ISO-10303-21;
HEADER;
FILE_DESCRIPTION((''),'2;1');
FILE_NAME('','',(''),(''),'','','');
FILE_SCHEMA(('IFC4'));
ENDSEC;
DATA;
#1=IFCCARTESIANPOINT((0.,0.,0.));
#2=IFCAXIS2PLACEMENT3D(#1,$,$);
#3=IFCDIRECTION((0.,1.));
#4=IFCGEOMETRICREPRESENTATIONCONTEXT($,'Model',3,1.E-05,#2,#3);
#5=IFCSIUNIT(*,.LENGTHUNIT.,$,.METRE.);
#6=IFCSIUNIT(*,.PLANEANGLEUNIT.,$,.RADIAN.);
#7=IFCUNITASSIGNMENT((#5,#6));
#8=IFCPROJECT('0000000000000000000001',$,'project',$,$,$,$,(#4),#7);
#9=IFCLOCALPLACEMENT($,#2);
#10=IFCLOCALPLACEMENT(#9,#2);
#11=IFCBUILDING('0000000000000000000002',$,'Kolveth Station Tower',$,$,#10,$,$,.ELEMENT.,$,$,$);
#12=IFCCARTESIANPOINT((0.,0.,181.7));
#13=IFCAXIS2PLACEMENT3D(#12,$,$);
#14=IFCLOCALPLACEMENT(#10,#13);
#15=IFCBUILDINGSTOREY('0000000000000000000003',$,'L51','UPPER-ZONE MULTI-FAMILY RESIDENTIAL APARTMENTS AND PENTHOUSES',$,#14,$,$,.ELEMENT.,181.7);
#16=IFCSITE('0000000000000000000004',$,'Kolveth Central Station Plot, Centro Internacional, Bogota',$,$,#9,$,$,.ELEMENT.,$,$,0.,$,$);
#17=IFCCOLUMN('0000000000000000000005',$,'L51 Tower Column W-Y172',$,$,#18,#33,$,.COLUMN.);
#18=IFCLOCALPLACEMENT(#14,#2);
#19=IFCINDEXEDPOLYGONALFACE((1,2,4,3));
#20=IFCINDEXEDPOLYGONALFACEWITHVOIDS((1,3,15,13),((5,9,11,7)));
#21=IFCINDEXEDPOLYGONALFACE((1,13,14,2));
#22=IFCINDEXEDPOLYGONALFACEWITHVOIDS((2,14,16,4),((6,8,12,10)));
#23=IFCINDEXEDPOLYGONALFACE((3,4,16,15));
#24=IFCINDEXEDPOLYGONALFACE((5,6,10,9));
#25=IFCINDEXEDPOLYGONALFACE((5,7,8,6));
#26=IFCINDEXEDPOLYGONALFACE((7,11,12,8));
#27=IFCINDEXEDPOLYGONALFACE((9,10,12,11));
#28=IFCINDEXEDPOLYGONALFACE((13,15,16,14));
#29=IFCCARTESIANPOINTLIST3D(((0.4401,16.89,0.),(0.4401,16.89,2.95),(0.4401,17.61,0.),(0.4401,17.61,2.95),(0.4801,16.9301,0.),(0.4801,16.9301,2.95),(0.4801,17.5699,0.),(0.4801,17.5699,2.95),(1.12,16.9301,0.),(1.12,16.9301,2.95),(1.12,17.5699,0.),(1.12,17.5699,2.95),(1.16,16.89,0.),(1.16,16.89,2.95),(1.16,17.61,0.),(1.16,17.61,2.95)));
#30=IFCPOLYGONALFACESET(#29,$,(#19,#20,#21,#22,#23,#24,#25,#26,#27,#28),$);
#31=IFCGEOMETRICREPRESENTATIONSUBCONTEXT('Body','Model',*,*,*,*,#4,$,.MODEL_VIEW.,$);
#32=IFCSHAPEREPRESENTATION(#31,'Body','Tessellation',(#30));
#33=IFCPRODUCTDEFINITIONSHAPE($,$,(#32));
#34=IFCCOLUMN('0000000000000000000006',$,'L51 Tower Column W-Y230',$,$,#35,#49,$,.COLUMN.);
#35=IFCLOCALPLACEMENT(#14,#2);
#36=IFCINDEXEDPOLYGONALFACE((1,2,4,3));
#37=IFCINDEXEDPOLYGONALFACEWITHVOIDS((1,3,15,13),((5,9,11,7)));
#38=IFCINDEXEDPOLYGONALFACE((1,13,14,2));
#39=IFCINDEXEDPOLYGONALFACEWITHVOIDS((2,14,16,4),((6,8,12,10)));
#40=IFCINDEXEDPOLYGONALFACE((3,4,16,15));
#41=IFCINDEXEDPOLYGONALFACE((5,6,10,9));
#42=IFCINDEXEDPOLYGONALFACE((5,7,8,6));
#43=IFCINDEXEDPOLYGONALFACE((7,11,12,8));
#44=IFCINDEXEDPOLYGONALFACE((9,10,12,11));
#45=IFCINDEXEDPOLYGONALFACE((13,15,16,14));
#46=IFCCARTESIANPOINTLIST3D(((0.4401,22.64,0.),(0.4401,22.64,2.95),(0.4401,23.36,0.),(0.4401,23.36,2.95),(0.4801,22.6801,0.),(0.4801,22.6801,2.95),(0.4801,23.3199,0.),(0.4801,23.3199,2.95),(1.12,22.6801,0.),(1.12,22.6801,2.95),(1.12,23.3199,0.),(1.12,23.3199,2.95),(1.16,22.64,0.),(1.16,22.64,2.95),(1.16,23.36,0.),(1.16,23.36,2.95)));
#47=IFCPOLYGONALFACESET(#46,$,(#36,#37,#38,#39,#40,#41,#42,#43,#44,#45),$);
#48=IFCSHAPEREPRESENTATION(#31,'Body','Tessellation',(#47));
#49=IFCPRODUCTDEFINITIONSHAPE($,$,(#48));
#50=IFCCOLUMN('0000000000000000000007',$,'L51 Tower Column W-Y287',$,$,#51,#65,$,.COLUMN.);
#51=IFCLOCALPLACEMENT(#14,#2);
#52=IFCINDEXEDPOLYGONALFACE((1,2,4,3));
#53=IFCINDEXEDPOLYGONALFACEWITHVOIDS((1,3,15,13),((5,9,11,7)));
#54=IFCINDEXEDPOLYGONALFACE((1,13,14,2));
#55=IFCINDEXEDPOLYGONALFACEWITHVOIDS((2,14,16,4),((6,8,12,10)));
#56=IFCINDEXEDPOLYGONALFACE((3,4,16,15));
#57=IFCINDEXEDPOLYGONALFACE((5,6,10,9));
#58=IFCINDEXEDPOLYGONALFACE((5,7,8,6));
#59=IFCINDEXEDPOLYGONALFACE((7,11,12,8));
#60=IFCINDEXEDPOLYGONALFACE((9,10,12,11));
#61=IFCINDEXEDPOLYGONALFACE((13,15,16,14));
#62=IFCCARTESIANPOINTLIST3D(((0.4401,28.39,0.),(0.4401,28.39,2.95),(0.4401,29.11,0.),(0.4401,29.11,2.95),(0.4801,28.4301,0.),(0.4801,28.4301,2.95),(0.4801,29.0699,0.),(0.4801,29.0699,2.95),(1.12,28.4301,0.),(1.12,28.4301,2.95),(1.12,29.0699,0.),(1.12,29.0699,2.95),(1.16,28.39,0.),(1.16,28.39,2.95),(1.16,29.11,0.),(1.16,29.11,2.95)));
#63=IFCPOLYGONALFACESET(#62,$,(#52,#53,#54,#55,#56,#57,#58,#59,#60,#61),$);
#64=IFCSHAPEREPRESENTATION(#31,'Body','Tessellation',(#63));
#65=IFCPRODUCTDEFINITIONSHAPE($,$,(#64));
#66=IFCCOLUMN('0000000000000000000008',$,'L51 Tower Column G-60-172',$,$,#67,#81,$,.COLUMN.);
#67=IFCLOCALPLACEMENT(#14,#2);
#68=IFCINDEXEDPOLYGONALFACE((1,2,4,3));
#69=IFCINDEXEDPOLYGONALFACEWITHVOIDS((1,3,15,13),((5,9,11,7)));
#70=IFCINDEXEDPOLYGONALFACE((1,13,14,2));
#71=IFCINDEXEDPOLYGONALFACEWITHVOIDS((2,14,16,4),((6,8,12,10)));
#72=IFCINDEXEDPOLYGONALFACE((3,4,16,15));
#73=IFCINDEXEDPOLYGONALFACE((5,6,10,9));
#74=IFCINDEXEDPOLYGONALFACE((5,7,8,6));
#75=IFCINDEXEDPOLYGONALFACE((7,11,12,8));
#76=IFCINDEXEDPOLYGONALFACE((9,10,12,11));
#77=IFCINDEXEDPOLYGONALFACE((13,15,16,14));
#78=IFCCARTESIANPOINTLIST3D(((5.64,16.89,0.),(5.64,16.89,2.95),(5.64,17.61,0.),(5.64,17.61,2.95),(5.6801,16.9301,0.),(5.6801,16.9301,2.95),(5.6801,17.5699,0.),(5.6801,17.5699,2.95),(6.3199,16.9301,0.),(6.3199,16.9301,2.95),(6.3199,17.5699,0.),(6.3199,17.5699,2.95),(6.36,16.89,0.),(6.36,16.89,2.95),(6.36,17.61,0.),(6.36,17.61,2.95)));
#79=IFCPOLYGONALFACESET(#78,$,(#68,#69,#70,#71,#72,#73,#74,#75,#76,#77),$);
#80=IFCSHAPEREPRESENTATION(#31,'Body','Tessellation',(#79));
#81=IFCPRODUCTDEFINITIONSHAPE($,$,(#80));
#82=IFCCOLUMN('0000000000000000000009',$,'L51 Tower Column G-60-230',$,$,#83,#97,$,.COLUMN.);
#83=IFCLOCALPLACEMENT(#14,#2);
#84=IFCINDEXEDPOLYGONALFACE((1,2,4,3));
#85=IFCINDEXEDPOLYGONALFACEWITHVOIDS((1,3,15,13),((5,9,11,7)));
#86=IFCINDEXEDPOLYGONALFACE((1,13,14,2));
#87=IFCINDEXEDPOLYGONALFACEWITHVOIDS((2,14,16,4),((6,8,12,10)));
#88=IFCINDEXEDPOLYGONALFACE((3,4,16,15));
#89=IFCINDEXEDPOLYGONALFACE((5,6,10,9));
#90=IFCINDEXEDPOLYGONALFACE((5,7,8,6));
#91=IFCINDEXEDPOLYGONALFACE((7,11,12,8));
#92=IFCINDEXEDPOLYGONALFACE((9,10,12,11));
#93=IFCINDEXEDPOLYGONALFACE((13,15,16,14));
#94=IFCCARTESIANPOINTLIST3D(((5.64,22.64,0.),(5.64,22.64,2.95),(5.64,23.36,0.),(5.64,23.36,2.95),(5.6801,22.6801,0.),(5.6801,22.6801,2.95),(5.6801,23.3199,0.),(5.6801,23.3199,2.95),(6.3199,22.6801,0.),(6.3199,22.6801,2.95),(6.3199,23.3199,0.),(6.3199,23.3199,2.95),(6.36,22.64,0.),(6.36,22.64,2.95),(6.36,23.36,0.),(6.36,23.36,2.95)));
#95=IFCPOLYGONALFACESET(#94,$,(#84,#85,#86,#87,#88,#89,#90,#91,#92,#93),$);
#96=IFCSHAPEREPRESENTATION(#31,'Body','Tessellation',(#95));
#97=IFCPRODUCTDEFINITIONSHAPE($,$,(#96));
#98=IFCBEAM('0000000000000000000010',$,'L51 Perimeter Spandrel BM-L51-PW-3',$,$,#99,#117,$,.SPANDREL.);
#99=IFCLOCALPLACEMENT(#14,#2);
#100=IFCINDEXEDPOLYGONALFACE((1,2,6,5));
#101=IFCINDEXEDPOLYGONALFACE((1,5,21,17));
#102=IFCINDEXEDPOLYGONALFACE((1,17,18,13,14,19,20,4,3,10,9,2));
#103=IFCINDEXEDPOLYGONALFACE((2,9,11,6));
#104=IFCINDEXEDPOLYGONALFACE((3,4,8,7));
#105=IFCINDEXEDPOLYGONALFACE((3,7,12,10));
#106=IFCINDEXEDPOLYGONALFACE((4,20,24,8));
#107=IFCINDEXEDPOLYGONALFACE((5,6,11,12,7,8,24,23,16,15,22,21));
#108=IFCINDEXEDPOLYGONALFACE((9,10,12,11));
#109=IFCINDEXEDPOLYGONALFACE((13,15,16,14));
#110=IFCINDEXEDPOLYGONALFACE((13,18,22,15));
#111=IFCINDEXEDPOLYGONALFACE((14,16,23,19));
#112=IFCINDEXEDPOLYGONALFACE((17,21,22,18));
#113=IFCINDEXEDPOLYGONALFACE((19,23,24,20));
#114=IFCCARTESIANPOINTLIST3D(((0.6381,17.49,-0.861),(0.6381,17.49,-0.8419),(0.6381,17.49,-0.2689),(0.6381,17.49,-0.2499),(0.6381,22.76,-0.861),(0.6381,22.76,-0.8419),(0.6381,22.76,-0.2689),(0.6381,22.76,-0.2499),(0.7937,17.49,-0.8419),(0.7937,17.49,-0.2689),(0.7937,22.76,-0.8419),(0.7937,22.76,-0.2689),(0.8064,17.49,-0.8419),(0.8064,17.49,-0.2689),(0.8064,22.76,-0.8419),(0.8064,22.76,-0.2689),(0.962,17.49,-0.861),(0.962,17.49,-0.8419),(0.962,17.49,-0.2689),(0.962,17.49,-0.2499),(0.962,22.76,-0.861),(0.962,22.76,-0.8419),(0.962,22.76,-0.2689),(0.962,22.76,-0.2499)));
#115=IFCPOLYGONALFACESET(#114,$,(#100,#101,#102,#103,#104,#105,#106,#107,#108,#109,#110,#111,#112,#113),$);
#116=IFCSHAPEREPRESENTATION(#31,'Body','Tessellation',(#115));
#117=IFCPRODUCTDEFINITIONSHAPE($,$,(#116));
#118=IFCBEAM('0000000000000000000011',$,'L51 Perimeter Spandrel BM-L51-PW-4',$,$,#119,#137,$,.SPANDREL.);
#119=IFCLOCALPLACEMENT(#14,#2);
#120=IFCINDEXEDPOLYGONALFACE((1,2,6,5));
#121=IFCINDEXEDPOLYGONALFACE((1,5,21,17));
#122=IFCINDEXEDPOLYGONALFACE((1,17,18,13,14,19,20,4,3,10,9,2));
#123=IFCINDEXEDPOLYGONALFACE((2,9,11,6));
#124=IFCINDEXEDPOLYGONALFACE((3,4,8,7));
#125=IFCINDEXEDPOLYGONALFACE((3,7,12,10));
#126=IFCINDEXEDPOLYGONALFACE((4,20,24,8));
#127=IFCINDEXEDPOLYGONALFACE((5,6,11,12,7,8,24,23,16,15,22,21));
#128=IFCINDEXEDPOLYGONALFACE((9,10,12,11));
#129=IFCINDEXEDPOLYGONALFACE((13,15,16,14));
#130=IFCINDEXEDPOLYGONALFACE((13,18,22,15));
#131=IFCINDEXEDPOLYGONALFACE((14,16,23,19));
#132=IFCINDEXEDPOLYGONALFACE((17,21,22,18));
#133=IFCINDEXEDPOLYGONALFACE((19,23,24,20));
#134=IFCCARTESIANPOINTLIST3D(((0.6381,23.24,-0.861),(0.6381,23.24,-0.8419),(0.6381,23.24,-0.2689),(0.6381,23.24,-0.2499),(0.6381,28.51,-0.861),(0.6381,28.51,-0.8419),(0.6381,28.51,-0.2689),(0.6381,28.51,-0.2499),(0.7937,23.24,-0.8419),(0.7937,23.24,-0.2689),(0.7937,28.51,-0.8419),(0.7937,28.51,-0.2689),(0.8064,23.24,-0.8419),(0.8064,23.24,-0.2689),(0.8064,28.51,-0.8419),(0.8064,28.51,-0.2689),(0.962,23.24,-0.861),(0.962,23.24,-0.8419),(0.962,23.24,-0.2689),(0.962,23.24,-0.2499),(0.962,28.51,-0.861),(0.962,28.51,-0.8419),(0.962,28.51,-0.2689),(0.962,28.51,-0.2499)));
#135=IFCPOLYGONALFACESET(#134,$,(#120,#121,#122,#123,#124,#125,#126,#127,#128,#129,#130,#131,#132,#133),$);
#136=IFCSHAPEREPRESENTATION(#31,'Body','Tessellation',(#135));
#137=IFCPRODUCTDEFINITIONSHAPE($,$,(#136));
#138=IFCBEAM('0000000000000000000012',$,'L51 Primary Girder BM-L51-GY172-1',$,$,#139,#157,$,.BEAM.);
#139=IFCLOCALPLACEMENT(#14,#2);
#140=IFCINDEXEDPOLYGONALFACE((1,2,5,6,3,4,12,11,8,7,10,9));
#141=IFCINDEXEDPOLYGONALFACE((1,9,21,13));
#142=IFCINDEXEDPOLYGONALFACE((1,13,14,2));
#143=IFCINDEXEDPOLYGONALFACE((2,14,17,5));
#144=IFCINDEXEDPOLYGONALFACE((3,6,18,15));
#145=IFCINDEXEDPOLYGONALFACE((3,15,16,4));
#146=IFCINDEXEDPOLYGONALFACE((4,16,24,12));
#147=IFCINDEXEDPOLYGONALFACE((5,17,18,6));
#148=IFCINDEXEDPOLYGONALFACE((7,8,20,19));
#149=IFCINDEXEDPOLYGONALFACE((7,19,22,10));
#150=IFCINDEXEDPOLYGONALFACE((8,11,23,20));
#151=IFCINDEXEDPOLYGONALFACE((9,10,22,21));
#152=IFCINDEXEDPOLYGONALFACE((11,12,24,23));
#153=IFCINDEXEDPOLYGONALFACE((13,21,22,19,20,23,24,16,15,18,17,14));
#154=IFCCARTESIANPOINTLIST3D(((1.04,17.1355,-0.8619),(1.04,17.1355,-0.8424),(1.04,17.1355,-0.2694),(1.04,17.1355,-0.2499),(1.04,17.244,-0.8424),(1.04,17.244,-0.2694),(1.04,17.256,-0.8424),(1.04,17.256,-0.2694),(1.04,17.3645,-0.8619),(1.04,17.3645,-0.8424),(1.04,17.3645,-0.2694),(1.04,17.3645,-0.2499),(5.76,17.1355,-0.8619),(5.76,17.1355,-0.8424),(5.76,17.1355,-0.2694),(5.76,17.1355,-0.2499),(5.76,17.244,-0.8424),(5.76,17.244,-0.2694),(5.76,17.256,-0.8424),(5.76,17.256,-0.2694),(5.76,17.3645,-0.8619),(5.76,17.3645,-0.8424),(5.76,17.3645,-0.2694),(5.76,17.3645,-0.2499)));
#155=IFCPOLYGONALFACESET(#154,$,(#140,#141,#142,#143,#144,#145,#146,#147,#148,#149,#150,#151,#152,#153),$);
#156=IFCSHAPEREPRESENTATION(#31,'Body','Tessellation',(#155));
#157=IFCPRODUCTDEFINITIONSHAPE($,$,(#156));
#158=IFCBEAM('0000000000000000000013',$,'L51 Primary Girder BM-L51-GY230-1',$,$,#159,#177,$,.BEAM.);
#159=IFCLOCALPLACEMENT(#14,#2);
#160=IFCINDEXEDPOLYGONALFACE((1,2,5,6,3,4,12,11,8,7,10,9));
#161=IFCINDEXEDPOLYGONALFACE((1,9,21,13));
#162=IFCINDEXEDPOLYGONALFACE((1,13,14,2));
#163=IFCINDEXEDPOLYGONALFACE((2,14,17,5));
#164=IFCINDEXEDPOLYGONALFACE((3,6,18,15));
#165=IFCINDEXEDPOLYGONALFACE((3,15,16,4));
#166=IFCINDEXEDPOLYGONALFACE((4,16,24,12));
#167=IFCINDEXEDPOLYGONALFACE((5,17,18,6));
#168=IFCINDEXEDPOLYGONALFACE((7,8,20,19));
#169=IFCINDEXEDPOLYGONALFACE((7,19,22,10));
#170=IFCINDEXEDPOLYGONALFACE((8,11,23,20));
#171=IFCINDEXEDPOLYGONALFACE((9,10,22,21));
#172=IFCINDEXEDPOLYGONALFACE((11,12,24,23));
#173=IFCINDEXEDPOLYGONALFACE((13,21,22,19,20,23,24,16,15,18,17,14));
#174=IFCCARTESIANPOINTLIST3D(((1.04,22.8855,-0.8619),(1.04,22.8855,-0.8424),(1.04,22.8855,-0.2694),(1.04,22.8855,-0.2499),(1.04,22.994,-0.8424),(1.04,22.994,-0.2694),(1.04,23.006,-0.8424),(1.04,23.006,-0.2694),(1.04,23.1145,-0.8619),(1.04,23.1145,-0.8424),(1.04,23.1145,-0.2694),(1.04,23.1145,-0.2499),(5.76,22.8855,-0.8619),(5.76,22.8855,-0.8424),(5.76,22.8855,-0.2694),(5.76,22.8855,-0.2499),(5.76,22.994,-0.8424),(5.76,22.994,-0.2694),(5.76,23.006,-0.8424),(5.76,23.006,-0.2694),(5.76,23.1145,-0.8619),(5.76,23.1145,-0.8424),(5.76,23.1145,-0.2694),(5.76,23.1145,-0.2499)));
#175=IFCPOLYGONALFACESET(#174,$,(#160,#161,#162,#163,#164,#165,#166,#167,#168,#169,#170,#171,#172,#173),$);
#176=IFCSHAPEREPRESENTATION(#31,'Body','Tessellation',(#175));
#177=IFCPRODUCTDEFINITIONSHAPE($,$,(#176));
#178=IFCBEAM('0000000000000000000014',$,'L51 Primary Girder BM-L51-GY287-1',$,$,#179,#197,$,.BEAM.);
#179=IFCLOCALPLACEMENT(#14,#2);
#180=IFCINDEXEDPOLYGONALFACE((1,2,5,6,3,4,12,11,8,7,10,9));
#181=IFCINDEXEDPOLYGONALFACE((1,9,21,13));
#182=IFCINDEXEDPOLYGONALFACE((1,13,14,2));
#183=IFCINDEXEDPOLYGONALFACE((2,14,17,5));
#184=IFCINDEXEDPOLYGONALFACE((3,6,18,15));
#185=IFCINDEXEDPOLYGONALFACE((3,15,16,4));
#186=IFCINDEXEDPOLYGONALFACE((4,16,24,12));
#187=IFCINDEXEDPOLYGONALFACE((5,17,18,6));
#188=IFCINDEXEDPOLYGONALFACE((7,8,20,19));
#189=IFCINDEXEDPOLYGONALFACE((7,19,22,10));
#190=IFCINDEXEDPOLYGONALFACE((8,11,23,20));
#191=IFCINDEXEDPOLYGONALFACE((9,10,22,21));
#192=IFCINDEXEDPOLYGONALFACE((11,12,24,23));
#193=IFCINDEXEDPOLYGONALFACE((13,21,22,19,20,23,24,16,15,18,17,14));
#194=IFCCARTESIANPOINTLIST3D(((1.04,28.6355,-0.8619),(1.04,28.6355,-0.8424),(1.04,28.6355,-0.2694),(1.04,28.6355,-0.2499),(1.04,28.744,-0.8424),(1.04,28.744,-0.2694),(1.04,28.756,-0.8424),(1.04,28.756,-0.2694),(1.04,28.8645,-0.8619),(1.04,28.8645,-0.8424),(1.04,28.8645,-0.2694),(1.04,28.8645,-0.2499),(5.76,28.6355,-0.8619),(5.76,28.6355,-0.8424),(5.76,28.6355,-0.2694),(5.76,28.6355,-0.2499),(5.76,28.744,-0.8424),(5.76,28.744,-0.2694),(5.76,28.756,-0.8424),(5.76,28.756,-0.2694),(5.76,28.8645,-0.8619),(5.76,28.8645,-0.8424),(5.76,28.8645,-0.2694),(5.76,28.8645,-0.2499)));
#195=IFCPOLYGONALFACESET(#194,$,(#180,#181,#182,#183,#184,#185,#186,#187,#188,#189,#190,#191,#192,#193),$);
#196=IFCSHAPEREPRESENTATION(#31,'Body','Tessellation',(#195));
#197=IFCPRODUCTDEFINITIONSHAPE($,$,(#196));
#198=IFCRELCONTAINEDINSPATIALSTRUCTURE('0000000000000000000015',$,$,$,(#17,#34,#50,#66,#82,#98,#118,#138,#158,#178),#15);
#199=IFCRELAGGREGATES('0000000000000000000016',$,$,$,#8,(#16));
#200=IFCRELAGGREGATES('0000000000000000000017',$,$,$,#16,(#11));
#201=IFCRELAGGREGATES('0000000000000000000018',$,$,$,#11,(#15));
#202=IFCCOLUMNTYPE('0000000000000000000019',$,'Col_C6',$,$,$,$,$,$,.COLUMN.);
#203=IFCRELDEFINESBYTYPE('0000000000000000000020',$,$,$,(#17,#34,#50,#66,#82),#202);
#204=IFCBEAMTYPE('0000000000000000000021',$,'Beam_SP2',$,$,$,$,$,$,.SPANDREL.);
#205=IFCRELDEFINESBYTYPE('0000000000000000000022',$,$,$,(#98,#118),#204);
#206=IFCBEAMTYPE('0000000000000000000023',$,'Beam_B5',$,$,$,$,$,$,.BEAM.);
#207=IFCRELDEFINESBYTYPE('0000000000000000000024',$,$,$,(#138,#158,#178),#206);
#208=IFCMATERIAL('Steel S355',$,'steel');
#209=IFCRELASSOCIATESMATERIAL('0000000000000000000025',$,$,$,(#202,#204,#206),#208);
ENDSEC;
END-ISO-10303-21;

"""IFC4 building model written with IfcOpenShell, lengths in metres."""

from ifc_helpers import new_model, si_unit, direction, frame, origin, origin_2d, place, context, subcontext, project, spatial, hollow_rectangle, i_section, extrude, source, transform, mapped, material, material_profile, profile_set, type_object, element, save


model = new_model("IFC4")

# Units and contexts
model_context = context("Model", 3, precision=1e-05, world=origin(), true_north=direction((0.0, 1.0)))
body_context = subcontext(model_context, "Body", "Model", "MODEL_VIEW")
ifc_project = project(units=[si_unit("LENGTHUNIT", "METRE"), si_unit("PLANEANGLEUNIT", "RADIAN")], contexts=[model_context])

# Site, building, storey
site_placement = place(None, origin())
site = spatial("IfcSite", under=ifc_project, at=site_placement, Name="Kolveth Central Station Plot, Centro Internacional, Bogota", CompositionType="ELEMENT", RefElevation=0.0)
building_placement = place(site_placement, origin())
building = spatial("IfcBuilding", under=site, at=building_placement, Name="Kolveth Station Tower", CompositionType="ELEMENT")
storey_placement = place(building_placement, frame((0.0, 0.0, 181.7)))
storey = spatial("IfcBuildingStorey", under=building, at=storey_placement, Name="L51", Description="UPPER-ZONE MULTI-FAMILY RESIDENTIAL APARTMENTS AND PENTHOUSES", CompositionType="ELEMENT", Elevation=181.7)

# Columns
ifc_material_1 = material(Name="Steel S355", Category="steel")
ifc_material_profile_1 = material_profile(ifc_material_1, hollow_rectangle(XDim=0.72, YDim=0.72, WallThickness=0.04, at=origin_2d()), Name="BOX720x720x40")
ifc_profile_set_1 = profile_set([ifc_material_profile_1], Name="Steel S355")
column_type = type_object("IfcColumnType", Name="Col_C6", PredefinedType="COLUMN", material=ifc_profile_set_1)
shared_shape_1 = source(origin(), body_context, "Body", "SweptSolid", [
    extrude(hollow_rectangle(XDim=0.72, YDim=0.72, WallThickness=0.04, at=origin_2d()), origin(), (0.0, 0.0, 1.0), 2.95),
])
for number, where, z_axis, x_axis, name in (
    (1, (0.8, 17.25, 0.0), (0.0, 0.0, 1.0), (1.0, 0.0, 0.0), "L51 Tower Column W-Y172"),
    (2, (0.8, 23.0, 0.0), (0.0, 0.0, 1.0), (1.0, 0.0, 0.0), "L51 Tower Column W-Y230"),
    (3, (0.8, 28.75, 0.0), (0.0, 0.0, 1.0), (1.0, 0.0, 0.0), "L51 Tower Column W-Y287"),
    (4, (6.0, 17.25, 0.0), (0.0, 0.0, 1.0), (1.0, 0.0, 0.0), "L51 Tower Column G-60-172"),
    (5, (6.0, 23.0, 0.0), (0.0, 0.0, 1.0), (1.0, 0.0, 0.0), "L51 Tower Column G-60-230"),
):
    element("IfcColumn", number, at=place(storey_placement, frame(where, z_axis=z_axis, x_axis=x_axis)), inside=storey, type_object=column_type, Name=name, PredefinedType="COLUMN", context=body_context, shape_type="MappedRepresentation", body=[
        mapped(shared_shape_1, transform((0.0, 0.0, 0.0), x_axis=(1.0, 0.0, 0.0), y_axis=(0.0, 1.0, 0.0), z_axis=(0.0, 0.0, 1.0), scale=1.0)),
    ])

# Beams
ifc_material_profile_2 = material_profile(ifc_material_1, i_section(OverallWidth=0.324, OverallDepth=0.6111, WebThickness=0.0127, FlangeThickness=0.019, at=origin_2d()), Name="W610x155")
ifc_profile_set_2 = profile_set([ifc_material_profile_2], Name="Steel S355")
beam_type_1 = type_object("IfcBeamType", Name="Beam_SP2", PredefinedType="SPANDREL", material=ifc_profile_set_2)
shared_shape_2 = source(origin(), body_context, "Body", "SweptSolid", [
    extrude(i_section(OverallWidth=0.324, OverallDepth=0.6111, WebThickness=0.0127, FlangeThickness=0.019, at=origin_2d()), origin(), (0.0, 0.0, 1.0), 5.27),
])
for number, where, z_axis, x_axis, name in (
    (6, (0.8, 17.49, -0.5554), (0.0, 1.0, 0.0), (-1.0, 0.0, 0.0), "L51 Perimeter Spandrel BM-L51-PW-3"),
    (7, (0.8, 23.24, -0.5554), (0.0, 1.0, 0.0), (-1.0, 0.0, 0.0), "L51 Perimeter Spandrel BM-L51-PW-4"),
):
    element("IfcBeam", number, at=place(storey_placement, frame(where, z_axis=z_axis, x_axis=x_axis)), inside=storey, type_object=beam_type_1, Name=name, PredefinedType="SPANDREL", context=body_context, shape_type="MappedRepresentation", body=[
        mapped(shared_shape_2, transform((0.0, 0.0, 0.0), x_axis=(1.0, 0.0, 0.0), y_axis=(0.0, 1.0, 0.0), z_axis=(0.0, 0.0, 1.0), scale=1.0)),
    ])
ifc_material_profile_3 = material_profile(ifc_material_1, i_section(OverallWidth=0.229, OverallDepth=0.6121, WebThickness=0.012, FlangeThickness=0.0195, at=origin_2d()), Name="W610x125")
ifc_profile_set_3 = profile_set([ifc_material_profile_3], Name="Steel S355")
beam_type_2 = type_object("IfcBeamType", Name="Beam_B5", PredefinedType="BEAM", material=ifc_profile_set_3)
shared_shape_3 = source(origin(), body_context, "Body", "SweptSolid", [
    extrude(i_section(OverallWidth=0.229, OverallDepth=0.6121, WebThickness=0.012, FlangeThickness=0.0195, at=origin_2d()), origin(), (0.0, 0.0, 1.0), 4.72),
])
for number, where, z_axis, x_axis, name in (
    (8, (1.04, 17.25, -0.5559), (1.0, 0.0, 0.0), (0.0, 1.0, 0.0), "L51 Primary Girder BM-L51-GY172-1"),
    (9, (1.04, 23.0, -0.5559), (1.0, 0.0, 0.0), (0.0, 1.0, 0.0), "L51 Primary Girder BM-L51-GY230-1"),
    (10, (1.04, 28.75, -0.5559), (1.0, 0.0, 0.0), (0.0, 1.0, 0.0), "L51 Primary Girder BM-L51-GY287-1"),
):
    element("IfcBeam", number, at=place(storey_placement, frame(where, z_axis=z_axis, x_axis=x_axis)), inside=storey, type_object=beam_type_2, Name=name, PredefinedType="BEAM", context=body_context, shape_type="MappedRepresentation", body=[
        mapped(shared_shape_3, transform((0.0, 0.0, 0.0), x_axis=(1.0, 0.0, 0.0), y_axis=(0.0, 1.0, 0.0), z_axis=(0.0, 0.0, 1.0), scale=1.0)),
    ])

save(model, "model.ifc")
